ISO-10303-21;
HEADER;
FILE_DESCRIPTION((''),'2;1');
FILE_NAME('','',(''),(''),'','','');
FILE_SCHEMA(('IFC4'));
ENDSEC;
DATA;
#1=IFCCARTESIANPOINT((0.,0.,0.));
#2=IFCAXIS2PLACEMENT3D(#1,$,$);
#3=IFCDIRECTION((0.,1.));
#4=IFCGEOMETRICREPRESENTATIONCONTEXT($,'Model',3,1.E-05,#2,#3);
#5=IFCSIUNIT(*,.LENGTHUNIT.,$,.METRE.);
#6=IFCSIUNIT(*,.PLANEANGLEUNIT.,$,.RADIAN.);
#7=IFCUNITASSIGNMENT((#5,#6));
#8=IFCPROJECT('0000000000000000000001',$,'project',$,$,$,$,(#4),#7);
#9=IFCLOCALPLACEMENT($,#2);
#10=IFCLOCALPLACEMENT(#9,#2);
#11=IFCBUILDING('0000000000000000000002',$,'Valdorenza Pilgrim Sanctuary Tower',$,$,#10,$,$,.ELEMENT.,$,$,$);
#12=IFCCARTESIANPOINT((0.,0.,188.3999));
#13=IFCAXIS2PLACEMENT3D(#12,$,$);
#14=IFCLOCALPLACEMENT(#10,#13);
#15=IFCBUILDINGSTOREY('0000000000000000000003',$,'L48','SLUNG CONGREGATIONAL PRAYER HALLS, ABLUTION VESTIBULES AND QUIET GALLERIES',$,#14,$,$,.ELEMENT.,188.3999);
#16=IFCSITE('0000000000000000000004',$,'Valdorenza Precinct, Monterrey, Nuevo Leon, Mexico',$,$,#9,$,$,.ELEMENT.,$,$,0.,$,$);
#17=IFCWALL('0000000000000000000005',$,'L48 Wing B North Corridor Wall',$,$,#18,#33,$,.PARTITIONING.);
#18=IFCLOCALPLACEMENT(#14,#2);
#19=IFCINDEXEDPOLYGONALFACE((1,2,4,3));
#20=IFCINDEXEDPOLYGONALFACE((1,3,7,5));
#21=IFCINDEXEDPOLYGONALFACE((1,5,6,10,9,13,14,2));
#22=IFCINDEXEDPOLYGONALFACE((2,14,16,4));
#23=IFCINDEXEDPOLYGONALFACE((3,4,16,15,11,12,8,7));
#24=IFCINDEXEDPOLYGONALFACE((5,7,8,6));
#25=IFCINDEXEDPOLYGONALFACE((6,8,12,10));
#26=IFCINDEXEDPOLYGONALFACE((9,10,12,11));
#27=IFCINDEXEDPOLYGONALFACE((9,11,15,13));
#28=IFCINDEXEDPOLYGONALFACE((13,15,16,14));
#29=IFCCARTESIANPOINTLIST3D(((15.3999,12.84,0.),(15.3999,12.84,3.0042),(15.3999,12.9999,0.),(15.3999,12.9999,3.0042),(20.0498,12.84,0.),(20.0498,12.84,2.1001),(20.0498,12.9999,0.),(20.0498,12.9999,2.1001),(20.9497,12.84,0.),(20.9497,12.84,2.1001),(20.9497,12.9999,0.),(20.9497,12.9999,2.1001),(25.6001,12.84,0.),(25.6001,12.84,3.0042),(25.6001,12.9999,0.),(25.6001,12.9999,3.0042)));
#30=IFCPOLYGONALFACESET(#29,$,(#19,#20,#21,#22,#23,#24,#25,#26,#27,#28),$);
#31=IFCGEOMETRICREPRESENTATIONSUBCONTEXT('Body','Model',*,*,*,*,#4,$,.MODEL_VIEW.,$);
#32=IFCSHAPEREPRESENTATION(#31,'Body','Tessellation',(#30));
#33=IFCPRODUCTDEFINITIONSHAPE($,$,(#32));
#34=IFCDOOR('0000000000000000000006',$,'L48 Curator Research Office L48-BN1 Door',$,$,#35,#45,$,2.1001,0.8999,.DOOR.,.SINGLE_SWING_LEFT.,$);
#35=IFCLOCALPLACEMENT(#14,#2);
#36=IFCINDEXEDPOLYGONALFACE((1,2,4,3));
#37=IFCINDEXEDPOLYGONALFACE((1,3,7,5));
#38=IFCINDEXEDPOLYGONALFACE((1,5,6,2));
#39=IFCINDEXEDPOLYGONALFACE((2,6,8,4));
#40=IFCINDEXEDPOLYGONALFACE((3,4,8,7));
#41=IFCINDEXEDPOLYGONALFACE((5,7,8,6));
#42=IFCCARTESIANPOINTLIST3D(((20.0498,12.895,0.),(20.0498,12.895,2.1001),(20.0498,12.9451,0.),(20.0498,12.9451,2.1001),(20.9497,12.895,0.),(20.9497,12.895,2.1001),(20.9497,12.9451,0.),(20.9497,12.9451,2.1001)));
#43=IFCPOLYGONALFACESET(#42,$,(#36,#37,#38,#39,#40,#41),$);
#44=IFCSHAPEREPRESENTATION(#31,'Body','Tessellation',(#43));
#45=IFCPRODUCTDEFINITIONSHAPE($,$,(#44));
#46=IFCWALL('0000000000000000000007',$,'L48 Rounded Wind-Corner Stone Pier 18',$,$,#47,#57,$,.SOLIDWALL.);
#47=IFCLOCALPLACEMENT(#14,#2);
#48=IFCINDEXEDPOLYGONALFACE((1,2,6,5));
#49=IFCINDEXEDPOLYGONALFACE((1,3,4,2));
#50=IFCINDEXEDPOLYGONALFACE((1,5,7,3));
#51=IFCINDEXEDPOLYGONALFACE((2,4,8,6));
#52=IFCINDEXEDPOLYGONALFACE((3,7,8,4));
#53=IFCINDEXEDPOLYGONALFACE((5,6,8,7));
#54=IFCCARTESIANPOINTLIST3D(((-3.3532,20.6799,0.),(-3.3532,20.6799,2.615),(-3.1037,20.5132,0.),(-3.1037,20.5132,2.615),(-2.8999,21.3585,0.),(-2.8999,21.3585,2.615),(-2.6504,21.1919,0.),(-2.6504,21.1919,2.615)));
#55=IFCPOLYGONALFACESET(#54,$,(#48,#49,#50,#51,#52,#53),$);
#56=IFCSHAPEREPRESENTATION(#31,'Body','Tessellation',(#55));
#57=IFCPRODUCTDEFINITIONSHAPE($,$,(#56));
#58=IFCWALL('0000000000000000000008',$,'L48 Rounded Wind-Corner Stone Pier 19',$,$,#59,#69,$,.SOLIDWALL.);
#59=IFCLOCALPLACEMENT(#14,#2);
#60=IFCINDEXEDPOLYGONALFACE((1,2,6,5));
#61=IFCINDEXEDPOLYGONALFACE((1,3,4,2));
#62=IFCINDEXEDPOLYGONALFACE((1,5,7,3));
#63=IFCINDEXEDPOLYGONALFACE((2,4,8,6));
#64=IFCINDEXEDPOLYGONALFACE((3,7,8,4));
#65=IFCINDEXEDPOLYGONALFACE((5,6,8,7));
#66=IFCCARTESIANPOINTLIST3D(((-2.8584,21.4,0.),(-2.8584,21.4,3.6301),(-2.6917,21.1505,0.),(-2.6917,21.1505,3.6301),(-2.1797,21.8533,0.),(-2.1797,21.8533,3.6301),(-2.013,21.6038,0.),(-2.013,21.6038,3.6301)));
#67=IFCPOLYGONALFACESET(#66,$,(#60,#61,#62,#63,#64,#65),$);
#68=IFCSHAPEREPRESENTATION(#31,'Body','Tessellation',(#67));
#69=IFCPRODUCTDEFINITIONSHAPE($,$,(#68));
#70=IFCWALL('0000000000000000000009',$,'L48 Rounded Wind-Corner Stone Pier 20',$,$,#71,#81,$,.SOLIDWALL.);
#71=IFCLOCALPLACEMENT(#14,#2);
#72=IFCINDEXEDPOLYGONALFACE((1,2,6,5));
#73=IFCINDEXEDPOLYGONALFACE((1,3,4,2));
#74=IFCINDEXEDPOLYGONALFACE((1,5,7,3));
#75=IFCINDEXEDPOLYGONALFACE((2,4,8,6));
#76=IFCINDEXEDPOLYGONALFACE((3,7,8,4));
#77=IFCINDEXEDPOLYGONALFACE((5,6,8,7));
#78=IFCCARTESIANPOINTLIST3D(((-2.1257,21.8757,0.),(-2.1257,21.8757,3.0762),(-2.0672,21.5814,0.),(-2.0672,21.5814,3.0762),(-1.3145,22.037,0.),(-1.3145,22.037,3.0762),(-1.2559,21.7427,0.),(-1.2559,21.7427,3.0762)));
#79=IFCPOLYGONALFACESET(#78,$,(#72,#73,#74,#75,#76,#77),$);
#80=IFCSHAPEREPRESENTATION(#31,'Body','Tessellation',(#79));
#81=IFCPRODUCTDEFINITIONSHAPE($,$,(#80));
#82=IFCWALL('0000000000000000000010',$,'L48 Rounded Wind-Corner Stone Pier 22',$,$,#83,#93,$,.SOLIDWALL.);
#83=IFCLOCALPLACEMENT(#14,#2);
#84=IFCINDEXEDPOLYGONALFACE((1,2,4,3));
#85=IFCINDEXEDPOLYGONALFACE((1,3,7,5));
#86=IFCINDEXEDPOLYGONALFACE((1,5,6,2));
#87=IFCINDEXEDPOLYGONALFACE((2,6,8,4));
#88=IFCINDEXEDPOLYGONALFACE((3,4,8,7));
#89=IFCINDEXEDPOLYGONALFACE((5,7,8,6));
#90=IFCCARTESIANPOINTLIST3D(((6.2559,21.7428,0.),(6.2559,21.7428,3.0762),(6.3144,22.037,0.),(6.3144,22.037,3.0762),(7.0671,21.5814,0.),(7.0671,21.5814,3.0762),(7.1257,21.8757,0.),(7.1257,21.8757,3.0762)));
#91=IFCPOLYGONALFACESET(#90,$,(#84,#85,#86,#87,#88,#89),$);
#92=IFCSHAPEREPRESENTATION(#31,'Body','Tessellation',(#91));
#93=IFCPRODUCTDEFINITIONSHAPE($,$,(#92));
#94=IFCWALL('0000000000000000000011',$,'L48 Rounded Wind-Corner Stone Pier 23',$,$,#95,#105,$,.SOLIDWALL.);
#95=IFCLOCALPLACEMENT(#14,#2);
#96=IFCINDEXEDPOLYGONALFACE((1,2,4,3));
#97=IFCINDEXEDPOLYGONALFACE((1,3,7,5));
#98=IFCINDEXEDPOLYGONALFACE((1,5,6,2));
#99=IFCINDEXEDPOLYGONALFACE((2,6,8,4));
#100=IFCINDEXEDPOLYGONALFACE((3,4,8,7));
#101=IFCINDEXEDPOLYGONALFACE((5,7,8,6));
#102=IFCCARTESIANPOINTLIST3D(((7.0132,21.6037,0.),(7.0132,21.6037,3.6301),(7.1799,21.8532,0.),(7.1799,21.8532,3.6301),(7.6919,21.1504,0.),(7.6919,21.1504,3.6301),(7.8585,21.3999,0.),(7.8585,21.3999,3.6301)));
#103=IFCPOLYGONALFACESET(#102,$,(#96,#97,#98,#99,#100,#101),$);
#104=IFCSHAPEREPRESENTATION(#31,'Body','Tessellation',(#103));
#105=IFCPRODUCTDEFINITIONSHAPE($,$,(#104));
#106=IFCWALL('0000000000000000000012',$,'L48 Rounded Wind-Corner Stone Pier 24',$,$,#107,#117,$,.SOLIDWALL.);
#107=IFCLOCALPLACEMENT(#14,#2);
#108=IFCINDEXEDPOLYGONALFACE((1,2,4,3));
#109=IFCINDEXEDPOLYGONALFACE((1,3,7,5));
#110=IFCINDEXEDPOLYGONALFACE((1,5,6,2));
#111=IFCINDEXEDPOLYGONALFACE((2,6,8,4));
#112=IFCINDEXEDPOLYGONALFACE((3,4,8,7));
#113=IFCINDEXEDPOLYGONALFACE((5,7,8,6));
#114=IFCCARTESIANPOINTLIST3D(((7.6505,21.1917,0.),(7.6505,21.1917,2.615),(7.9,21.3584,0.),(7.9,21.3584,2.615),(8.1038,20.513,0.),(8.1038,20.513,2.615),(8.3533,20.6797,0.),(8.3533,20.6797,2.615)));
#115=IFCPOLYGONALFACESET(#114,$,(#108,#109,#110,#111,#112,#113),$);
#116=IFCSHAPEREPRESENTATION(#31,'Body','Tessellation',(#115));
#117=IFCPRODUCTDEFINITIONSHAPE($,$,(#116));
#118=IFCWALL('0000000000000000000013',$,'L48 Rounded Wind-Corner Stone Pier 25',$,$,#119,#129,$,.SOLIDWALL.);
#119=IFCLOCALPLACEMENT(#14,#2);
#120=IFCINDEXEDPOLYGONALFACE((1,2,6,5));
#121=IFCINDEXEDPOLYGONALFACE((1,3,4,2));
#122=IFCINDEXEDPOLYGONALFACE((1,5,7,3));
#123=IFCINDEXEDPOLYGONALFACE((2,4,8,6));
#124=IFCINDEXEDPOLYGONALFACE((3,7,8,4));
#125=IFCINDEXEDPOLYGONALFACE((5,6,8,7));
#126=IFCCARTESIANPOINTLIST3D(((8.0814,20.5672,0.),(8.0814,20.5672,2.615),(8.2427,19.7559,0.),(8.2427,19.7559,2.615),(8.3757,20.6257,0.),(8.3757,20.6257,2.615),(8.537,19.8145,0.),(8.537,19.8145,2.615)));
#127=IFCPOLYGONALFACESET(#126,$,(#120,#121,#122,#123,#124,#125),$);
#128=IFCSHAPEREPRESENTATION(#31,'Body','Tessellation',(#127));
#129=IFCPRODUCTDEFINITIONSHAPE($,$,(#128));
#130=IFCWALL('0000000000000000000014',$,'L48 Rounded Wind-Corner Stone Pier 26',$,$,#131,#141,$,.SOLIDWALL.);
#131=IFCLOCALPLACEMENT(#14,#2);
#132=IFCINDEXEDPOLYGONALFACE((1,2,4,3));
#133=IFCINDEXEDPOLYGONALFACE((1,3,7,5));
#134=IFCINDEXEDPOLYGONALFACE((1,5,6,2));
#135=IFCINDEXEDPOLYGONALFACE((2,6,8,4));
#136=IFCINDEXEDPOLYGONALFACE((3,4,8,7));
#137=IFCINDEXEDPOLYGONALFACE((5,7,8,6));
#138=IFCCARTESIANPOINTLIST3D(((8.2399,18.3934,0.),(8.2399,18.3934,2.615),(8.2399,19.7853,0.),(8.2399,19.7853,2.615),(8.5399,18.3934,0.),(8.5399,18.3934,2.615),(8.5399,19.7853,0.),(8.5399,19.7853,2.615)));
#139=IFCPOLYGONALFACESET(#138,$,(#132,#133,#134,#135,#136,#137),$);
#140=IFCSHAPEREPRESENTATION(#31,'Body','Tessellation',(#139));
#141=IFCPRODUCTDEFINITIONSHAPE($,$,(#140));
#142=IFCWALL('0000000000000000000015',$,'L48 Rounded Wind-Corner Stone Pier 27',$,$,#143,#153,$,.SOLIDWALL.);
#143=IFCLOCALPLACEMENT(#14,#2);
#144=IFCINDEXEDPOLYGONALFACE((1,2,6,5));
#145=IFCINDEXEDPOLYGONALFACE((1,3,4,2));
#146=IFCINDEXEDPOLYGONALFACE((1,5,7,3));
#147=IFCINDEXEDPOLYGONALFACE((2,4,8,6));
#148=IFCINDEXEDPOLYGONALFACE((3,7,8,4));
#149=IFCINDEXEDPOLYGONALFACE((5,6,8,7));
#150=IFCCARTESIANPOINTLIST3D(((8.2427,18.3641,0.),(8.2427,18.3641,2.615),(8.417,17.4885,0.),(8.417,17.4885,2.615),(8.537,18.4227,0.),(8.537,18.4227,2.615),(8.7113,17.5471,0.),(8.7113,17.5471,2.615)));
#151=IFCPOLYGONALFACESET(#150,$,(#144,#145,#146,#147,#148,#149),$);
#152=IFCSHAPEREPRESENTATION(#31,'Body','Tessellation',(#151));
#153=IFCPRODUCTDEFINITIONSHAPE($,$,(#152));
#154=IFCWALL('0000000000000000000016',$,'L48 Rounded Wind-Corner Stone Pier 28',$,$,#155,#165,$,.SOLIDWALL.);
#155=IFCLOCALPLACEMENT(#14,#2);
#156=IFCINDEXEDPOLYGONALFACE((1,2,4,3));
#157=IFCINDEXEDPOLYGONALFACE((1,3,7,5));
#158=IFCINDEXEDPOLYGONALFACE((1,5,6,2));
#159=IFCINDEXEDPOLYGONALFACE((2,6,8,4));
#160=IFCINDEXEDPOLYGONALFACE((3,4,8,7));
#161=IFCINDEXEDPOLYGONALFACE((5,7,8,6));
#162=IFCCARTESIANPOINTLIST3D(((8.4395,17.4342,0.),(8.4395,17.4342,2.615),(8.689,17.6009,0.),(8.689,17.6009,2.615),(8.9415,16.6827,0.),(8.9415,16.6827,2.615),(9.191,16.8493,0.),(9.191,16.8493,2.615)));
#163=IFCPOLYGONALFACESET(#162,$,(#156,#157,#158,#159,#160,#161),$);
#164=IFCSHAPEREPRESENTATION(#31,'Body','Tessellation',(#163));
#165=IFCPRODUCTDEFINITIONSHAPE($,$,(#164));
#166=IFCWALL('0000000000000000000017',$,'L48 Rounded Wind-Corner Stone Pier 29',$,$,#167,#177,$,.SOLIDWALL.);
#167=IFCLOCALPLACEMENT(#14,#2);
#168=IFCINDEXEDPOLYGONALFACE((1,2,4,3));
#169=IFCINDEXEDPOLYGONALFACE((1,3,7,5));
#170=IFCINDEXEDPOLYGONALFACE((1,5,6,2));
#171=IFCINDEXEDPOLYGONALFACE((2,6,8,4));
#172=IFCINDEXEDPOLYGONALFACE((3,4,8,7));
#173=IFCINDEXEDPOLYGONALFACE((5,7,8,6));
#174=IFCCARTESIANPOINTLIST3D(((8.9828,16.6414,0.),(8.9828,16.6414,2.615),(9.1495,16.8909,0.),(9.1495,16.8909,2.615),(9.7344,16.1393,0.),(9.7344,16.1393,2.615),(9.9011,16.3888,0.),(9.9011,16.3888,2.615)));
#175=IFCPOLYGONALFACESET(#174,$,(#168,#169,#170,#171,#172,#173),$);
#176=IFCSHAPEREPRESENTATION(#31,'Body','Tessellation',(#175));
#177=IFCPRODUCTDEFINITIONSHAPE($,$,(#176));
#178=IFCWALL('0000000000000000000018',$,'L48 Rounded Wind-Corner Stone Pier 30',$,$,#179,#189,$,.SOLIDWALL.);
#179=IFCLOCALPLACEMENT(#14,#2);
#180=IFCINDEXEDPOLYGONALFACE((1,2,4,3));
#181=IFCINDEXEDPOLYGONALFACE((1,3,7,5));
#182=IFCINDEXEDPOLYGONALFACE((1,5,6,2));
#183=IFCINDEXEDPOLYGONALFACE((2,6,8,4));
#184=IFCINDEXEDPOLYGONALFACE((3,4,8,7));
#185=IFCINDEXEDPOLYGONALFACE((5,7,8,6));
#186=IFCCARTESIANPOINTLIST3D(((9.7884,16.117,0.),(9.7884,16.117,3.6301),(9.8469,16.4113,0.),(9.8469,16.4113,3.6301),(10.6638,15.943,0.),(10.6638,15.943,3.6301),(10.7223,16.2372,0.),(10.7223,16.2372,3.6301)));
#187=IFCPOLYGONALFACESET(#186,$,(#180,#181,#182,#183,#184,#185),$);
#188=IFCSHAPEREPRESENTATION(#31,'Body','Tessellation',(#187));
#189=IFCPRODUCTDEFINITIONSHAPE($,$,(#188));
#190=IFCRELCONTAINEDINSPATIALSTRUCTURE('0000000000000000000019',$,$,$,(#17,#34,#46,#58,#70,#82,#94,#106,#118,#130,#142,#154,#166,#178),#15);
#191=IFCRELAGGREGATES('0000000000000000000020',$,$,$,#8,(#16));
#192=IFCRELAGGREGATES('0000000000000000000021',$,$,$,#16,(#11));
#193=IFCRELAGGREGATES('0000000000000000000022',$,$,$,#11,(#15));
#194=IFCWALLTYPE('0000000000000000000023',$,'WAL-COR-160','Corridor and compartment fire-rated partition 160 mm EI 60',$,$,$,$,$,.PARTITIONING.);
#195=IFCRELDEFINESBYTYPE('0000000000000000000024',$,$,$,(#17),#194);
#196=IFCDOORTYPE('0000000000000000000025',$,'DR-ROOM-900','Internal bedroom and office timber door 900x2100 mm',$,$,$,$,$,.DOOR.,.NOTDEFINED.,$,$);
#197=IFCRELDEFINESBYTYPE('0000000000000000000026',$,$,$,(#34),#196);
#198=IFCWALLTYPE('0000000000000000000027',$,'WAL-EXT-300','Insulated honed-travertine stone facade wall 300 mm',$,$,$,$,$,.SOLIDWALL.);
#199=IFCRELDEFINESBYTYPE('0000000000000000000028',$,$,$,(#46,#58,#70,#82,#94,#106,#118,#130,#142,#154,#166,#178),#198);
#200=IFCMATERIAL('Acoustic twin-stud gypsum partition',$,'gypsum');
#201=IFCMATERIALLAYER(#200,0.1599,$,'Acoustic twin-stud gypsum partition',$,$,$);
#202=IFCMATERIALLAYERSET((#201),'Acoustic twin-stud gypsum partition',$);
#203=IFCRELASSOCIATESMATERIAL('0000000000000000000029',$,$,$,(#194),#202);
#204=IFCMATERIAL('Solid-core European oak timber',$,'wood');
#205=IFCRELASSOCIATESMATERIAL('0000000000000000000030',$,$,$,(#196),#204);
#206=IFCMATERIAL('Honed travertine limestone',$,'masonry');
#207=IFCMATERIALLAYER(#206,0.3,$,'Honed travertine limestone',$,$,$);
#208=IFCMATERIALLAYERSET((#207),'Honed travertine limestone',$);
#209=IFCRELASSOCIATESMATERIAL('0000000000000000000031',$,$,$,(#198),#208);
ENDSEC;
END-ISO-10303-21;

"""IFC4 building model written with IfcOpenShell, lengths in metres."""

from ifc_helpers import new_model, si_unit, direction, frame, frame_2d, origin, place, context, subcontext, project, spatial, rectangle, extrude, material, layer, layer_set, type_object, element, fill, save


model = new_model("IFC4")

# Units and contexts
model_context = context("Model", 3, precision=1e-05, world=origin(), true_north=direction((0.0, 1.0)))
body_context = subcontext(model_context, "Body", "Model", "MODEL_VIEW")
ifc_project = project(units=[si_unit("LENGTHUNIT", "METRE"), si_unit("PLANEANGLEUNIT", "RADIAN")], contexts=[model_context])

# Site, building, storey
site_placement = place(None, origin())
site = spatial("IfcSite", under=ifc_project, at=site_placement, Name="Valdorenza Precinct, Monterrey, Nuevo Leon, Mexico", CompositionType="ELEMENT", RefElevation=0.0)
building_placement = place(site_placement, origin())
building = spatial("IfcBuilding", under=site, at=building_placement, Name="Valdorenza Pilgrim Sanctuary Tower", CompositionType="ELEMENT")
storey_placement = place(building_placement, frame((0.0, 0.0, 188.3999)))
storey = spatial("IfcBuildingStorey", under=building, at=storey_placement, Name="L48", Description="SLUNG CONGREGATIONAL PRAYER HALLS, ABLUTION VESTIBULES AND QUIET GALLERIES", CompositionType="ELEMENT", Elevation=188.3999)

# Shared definitions
ifc_material_1 = material(Name="Honed travertine limestone", Category="masonry")

# Wall, opening, door
ifc_material_2 = material(Name="Acoustic twin-stud gypsum partition", Category="gypsum")
ifc_layer_1 = layer(ifc_material_2, 0.1599, Name="Acoustic twin-stud gypsum partition")
ifc_layer_set_1 = layer_set([ifc_layer_1], Name="Acoustic twin-stud gypsum partition")
wall_type_1 = type_object("IfcWallType", Name="WAL-COR-160", Description="Corridor and compartment fire-rated partition 160 mm EI 60", PredefinedType="PARTITIONING", material=ifc_layer_set_1)
wall_1_placement = place(storey_placement, frame((15.3999, 12.9199, 0.0), z_axis=(0.0, 0.0, 1.0), x_axis=(1.0, 0.0, 0.0)))
wall_1 = element("IfcWall", 1, at=wall_1_placement, inside=storey, type_object=wall_type_1, Name="L48 Wing B North Corridor Wall", PredefinedType="PARTITIONING", context=body_context, shape_type="SweptSolid", body=[
    extrude(rectangle(XDim=10.2002, YDim=0.1599, at=frame_2d((5.1001, 0.0))), origin(), (0.0, 0.0, 1.0), 3.0042),
])
opening_placement = place(wall_1_placement, frame((4.6499, 0.0, 0.0)))
opening = element("IfcOpeningElement", 2, at=opening_placement, cuts=wall_1, PredefinedType="OPENING", context=body_context, shape_type="SweptSolid", body=[
    extrude(rectangle(XDim=0.8999, YDim=2.1001, at=frame_2d((0.45, 1.05))), frame((0.0, 0.0947, 0.0), z_axis=(0.0, -1.0, 0.0), x_axis=(1.0, 0.0, 0.0)), (0.0, 0.0, 1.0), 0.1897),
])
ifc_material_3 = material(Name="Solid-core European oak timber", Category="wood")
door_type = type_object("IfcDoorType", Name="DR-ROOM-900", Description="Internal bedroom and office timber door 900x2100 mm", OperationType="NOTDEFINED", PredefinedType="DOOR", material=ifc_material_3)
door_placement = place(opening_placement, frame((0.8999, 0.0, 0.0), z_axis=(0.0, 0.0, 1.0), x_axis=(-1.0, 0.0, 0.0)))
door = element("IfcDoor", 3, at=door_placement, inside=storey, type_object=door_type, Name="L48 Curator Research Office L48-BN1 Door", OperationType="SINGLE_SWING_LEFT", OverallHeight=2.1001, OverallWidth=0.8999, PredefinedType="DOOR", context=body_context, shape_type="SweptSolid", body=[
    extrude(rectangle(XDim=0.8999, YDim=2.1001, at=frame_2d((0.45, 1.05))), frame((0.0, 0.0249, 0.0), z_axis=(0.0, -1.0, 0.0), x_axis=(1.0, 0.0, 0.0)), (0.0, 0.0, 1.0), 0.05),
])
fill(opening, door)

# Walls
ifc_layer_2 = layer(ifc_material_1, 0.3, Name="Honed travertine limestone")
ifc_layer_set_2 = layer_set([ifc_layer_2], Name="Honed travertine limestone")
wall_type_2 = type_object("IfcWallType", Name="WAL-EXT-300", Description="Insulated honed-travertine stone facade wall 300 mm", PredefinedType="SOLIDWALL", material=ifc_layer_set_2)
wall_2_placement = place(storey_placement, frame((-3.2285, 20.5964, 0.0), z_axis=(0.0, 0.0, 1.0), x_axis=(0.555459, 0.831544, 0.0)))
element("IfcWall", 4, at=wall_2_placement, inside=storey, type_object=wall_type_2, Name="L48 Rounded Wind-Corner Stone Pier 18", PredefinedType="SOLIDWALL", context=body_context, shape_type="SweptSolid", body=[
    extrude(rectangle(XDim=0.8162, YDim=0.3, at=frame_2d((0.4082, 0.0))), origin(), (0.0, 0.0, 1.0), 2.615),
])
wall_3_placement = place(storey_placement, frame((-2.7751, 21.2751, 0.0), z_axis=(0.0, 0.0, 1.0), x_axis=(0.831544, 0.555459, 0.0)))
element("IfcWall", 5, at=wall_3_placement, inside=storey, type_object=wall_type_2, Name="L48 Rounded Wind-Corner Stone Pier 19", PredefinedType="SOLIDWALL", context=body_context, shape_type="SweptSolid", body=[
    extrude(rectangle(XDim=0.8162, YDim=0.3, at=frame_2d((0.4082, 0.0))), origin(), (0.0, 0.0, 1.0), 3.6301),
])
for number, where, z_axis, x_axis, name in (
    (6, (-2.0964, 21.7285, 0.0), (0.0, 0.0, 1.0), (0.980784, 0.195094, 0.0), "L48 Rounded Wind-Corner Stone Pier 20"),
    (7, (6.2852, 21.8899, 0.0), (0.0, 0.0, 1.0), (0.980784, -0.195094, 0.0), "L48 Rounded Wind-Corner Stone Pier 22"),
):
    element("IfcWall", number, at=place(storey_placement, frame(where, z_axis=z_axis, x_axis=x_axis)), inside=storey, type_object=wall_type_2, Name=name, PredefinedType="SOLIDWALL", context=body_context, shape_type="SweptSolid", body=[
        extrude(rectangle(XDim=0.8271, YDim=0.3, at=frame_2d((0.4136, 0.0))), origin(), (0.0, 0.0, 1.0), 3.0762),
    ])
wall_4_placement = place(storey_placement, frame((7.0964, 21.7285, 0.0), z_axis=(0.0, 0.0, 1.0), x_axis=(0.831544, -0.555459, 0.0)))
element("IfcWall", 8, at=wall_4_placement, inside=storey, type_object=wall_type_2, Name="L48 Rounded Wind-Corner Stone Pier 23", PredefinedType="SOLIDWALL", context=body_context, shape_type="SweptSolid", body=[
    extrude(rectangle(XDim=0.8162, YDim=0.3, at=frame_2d((0.4082, 0.0))), origin(), (0.0, 0.0, 1.0), 3.6301),
])
wall_5_placement = place(storey_placement, frame((7.7751, 21.2751, 0.0), z_axis=(0.0, 0.0, 1.0), x_axis=(0.555459, -0.831544, 0.0)))
element("IfcWall", 9, at=wall_5_placement, inside=storey, type_object=wall_type_2, Name="L48 Rounded Wind-Corner Stone Pier 24", PredefinedType="SOLIDWALL", context=body_context, shape_type="SweptSolid", body=[
    extrude(rectangle(XDim=0.8162, YDim=0.3, at=frame_2d((0.4082, 0.0))), origin(), (0.0, 0.0, 1.0), 2.615),
])
wall_6_placement = place(storey_placement, frame((8.2285, 20.5964, 0.0), z_axis=(0.0, 0.0, 1.0), x_axis=(0.195094, -0.980784, 0.0)))
element("IfcWall", 10, at=wall_6_placement, inside=storey, type_object=wall_type_2, Name="L48 Rounded Wind-Corner Stone Pier 25", PredefinedType="SOLIDWALL", context=body_context, shape_type="SweptSolid", body=[
    extrude(rectangle(XDim=0.8271, YDim=0.3, at=frame_2d((0.4136, 0.0))), origin(), (0.0, 0.0, 1.0), 2.615),
])
wall_7_placement = place(storey_placement, frame((8.3899, 19.7852, 0.0), z_axis=(0.0, 0.0, 1.0), x_axis=(0.0, -1.0, 0.0)))
element("IfcWall", 11, at=wall_7_placement, inside=storey, type_object=wall_type_2, Name="L48 Rounded Wind-Corner Stone Pier 26", PredefinedType="SOLIDWALL", context=body_context, shape_type="SweptSolid", body=[
    extrude(rectangle(XDim=1.3918, YDim=0.3, at=frame_2d((0.6958, 0.0))), origin(), (0.0, 0.0, 1.0), 2.615),
])
wall_8_placement = place(storey_placement, frame((8.3899, 18.3933, 0.0), z_axis=(0.0, 0.0, 1.0), x_axis=(0.195222, -0.980759, 0.0)))
element("IfcWall", 12, at=wall_8_placement, inside=storey, type_object=wall_type_2, Name="L48 Rounded Wind-Corner Stone Pier 27", PredefinedType="SOLIDWALL", context=body_context, shape_type="SweptSolid", body=[
    extrude(rectangle(XDim=0.8928, YDim=0.3, at=frame_2d((0.4463, 0.0))), origin(), (0.0, 0.0, 1.0), 2.615),
])
for number, where, z_axis, x_axis, name in (
    (13, (8.5642, 17.5176, 0.0), (0.0, 0.0, 1.0), (0.555448, -0.831551, 0.0), "L48 Rounded Wind-Corner Stone Pier 28"),
    (14, (9.0662, 16.7661, 0.0), (0.0, 0.0, 1.0), (0.831551, -0.555448, 0.0), "L48 Rounded Wind-Corner Stone Pier 29"),
):
    element("IfcWall", number, at=place(storey_placement, frame(where, z_axis=z_axis, x_axis=x_axis)), inside=storey, type_object=wall_type_2, Name=name, PredefinedType="SOLIDWALL", context=body_context, shape_type="SweptSolid", body=[
        extrude(rectangle(XDim=0.9038, YDim=0.3, at=frame_2d((0.4519, 0.0))), origin(), (0.0, 0.0, 1.0), 2.615),
    ])
wall_9_placement = place(storey_placement, frame((9.8176, 16.2642, 0.0), z_axis=(0.0, 0.0, 1.0), x_axis=(0.980801, -0.195011, 0.0)))
element("IfcWall", 15, at=wall_9_placement, inside=storey, type_object=wall_type_2, Name="L48 Rounded Wind-Corner Stone Pier 30", PredefinedType="SOLIDWALL", context=body_context, shape_type="SweptSolid", body=[
    extrude(rectangle(XDim=0.8926, YDim=0.3, at=frame_2d((0.4463, 0.0))), origin(), (0.0, 0.0, 1.0), 3.6301),
])

save(model, "model.ifc")
